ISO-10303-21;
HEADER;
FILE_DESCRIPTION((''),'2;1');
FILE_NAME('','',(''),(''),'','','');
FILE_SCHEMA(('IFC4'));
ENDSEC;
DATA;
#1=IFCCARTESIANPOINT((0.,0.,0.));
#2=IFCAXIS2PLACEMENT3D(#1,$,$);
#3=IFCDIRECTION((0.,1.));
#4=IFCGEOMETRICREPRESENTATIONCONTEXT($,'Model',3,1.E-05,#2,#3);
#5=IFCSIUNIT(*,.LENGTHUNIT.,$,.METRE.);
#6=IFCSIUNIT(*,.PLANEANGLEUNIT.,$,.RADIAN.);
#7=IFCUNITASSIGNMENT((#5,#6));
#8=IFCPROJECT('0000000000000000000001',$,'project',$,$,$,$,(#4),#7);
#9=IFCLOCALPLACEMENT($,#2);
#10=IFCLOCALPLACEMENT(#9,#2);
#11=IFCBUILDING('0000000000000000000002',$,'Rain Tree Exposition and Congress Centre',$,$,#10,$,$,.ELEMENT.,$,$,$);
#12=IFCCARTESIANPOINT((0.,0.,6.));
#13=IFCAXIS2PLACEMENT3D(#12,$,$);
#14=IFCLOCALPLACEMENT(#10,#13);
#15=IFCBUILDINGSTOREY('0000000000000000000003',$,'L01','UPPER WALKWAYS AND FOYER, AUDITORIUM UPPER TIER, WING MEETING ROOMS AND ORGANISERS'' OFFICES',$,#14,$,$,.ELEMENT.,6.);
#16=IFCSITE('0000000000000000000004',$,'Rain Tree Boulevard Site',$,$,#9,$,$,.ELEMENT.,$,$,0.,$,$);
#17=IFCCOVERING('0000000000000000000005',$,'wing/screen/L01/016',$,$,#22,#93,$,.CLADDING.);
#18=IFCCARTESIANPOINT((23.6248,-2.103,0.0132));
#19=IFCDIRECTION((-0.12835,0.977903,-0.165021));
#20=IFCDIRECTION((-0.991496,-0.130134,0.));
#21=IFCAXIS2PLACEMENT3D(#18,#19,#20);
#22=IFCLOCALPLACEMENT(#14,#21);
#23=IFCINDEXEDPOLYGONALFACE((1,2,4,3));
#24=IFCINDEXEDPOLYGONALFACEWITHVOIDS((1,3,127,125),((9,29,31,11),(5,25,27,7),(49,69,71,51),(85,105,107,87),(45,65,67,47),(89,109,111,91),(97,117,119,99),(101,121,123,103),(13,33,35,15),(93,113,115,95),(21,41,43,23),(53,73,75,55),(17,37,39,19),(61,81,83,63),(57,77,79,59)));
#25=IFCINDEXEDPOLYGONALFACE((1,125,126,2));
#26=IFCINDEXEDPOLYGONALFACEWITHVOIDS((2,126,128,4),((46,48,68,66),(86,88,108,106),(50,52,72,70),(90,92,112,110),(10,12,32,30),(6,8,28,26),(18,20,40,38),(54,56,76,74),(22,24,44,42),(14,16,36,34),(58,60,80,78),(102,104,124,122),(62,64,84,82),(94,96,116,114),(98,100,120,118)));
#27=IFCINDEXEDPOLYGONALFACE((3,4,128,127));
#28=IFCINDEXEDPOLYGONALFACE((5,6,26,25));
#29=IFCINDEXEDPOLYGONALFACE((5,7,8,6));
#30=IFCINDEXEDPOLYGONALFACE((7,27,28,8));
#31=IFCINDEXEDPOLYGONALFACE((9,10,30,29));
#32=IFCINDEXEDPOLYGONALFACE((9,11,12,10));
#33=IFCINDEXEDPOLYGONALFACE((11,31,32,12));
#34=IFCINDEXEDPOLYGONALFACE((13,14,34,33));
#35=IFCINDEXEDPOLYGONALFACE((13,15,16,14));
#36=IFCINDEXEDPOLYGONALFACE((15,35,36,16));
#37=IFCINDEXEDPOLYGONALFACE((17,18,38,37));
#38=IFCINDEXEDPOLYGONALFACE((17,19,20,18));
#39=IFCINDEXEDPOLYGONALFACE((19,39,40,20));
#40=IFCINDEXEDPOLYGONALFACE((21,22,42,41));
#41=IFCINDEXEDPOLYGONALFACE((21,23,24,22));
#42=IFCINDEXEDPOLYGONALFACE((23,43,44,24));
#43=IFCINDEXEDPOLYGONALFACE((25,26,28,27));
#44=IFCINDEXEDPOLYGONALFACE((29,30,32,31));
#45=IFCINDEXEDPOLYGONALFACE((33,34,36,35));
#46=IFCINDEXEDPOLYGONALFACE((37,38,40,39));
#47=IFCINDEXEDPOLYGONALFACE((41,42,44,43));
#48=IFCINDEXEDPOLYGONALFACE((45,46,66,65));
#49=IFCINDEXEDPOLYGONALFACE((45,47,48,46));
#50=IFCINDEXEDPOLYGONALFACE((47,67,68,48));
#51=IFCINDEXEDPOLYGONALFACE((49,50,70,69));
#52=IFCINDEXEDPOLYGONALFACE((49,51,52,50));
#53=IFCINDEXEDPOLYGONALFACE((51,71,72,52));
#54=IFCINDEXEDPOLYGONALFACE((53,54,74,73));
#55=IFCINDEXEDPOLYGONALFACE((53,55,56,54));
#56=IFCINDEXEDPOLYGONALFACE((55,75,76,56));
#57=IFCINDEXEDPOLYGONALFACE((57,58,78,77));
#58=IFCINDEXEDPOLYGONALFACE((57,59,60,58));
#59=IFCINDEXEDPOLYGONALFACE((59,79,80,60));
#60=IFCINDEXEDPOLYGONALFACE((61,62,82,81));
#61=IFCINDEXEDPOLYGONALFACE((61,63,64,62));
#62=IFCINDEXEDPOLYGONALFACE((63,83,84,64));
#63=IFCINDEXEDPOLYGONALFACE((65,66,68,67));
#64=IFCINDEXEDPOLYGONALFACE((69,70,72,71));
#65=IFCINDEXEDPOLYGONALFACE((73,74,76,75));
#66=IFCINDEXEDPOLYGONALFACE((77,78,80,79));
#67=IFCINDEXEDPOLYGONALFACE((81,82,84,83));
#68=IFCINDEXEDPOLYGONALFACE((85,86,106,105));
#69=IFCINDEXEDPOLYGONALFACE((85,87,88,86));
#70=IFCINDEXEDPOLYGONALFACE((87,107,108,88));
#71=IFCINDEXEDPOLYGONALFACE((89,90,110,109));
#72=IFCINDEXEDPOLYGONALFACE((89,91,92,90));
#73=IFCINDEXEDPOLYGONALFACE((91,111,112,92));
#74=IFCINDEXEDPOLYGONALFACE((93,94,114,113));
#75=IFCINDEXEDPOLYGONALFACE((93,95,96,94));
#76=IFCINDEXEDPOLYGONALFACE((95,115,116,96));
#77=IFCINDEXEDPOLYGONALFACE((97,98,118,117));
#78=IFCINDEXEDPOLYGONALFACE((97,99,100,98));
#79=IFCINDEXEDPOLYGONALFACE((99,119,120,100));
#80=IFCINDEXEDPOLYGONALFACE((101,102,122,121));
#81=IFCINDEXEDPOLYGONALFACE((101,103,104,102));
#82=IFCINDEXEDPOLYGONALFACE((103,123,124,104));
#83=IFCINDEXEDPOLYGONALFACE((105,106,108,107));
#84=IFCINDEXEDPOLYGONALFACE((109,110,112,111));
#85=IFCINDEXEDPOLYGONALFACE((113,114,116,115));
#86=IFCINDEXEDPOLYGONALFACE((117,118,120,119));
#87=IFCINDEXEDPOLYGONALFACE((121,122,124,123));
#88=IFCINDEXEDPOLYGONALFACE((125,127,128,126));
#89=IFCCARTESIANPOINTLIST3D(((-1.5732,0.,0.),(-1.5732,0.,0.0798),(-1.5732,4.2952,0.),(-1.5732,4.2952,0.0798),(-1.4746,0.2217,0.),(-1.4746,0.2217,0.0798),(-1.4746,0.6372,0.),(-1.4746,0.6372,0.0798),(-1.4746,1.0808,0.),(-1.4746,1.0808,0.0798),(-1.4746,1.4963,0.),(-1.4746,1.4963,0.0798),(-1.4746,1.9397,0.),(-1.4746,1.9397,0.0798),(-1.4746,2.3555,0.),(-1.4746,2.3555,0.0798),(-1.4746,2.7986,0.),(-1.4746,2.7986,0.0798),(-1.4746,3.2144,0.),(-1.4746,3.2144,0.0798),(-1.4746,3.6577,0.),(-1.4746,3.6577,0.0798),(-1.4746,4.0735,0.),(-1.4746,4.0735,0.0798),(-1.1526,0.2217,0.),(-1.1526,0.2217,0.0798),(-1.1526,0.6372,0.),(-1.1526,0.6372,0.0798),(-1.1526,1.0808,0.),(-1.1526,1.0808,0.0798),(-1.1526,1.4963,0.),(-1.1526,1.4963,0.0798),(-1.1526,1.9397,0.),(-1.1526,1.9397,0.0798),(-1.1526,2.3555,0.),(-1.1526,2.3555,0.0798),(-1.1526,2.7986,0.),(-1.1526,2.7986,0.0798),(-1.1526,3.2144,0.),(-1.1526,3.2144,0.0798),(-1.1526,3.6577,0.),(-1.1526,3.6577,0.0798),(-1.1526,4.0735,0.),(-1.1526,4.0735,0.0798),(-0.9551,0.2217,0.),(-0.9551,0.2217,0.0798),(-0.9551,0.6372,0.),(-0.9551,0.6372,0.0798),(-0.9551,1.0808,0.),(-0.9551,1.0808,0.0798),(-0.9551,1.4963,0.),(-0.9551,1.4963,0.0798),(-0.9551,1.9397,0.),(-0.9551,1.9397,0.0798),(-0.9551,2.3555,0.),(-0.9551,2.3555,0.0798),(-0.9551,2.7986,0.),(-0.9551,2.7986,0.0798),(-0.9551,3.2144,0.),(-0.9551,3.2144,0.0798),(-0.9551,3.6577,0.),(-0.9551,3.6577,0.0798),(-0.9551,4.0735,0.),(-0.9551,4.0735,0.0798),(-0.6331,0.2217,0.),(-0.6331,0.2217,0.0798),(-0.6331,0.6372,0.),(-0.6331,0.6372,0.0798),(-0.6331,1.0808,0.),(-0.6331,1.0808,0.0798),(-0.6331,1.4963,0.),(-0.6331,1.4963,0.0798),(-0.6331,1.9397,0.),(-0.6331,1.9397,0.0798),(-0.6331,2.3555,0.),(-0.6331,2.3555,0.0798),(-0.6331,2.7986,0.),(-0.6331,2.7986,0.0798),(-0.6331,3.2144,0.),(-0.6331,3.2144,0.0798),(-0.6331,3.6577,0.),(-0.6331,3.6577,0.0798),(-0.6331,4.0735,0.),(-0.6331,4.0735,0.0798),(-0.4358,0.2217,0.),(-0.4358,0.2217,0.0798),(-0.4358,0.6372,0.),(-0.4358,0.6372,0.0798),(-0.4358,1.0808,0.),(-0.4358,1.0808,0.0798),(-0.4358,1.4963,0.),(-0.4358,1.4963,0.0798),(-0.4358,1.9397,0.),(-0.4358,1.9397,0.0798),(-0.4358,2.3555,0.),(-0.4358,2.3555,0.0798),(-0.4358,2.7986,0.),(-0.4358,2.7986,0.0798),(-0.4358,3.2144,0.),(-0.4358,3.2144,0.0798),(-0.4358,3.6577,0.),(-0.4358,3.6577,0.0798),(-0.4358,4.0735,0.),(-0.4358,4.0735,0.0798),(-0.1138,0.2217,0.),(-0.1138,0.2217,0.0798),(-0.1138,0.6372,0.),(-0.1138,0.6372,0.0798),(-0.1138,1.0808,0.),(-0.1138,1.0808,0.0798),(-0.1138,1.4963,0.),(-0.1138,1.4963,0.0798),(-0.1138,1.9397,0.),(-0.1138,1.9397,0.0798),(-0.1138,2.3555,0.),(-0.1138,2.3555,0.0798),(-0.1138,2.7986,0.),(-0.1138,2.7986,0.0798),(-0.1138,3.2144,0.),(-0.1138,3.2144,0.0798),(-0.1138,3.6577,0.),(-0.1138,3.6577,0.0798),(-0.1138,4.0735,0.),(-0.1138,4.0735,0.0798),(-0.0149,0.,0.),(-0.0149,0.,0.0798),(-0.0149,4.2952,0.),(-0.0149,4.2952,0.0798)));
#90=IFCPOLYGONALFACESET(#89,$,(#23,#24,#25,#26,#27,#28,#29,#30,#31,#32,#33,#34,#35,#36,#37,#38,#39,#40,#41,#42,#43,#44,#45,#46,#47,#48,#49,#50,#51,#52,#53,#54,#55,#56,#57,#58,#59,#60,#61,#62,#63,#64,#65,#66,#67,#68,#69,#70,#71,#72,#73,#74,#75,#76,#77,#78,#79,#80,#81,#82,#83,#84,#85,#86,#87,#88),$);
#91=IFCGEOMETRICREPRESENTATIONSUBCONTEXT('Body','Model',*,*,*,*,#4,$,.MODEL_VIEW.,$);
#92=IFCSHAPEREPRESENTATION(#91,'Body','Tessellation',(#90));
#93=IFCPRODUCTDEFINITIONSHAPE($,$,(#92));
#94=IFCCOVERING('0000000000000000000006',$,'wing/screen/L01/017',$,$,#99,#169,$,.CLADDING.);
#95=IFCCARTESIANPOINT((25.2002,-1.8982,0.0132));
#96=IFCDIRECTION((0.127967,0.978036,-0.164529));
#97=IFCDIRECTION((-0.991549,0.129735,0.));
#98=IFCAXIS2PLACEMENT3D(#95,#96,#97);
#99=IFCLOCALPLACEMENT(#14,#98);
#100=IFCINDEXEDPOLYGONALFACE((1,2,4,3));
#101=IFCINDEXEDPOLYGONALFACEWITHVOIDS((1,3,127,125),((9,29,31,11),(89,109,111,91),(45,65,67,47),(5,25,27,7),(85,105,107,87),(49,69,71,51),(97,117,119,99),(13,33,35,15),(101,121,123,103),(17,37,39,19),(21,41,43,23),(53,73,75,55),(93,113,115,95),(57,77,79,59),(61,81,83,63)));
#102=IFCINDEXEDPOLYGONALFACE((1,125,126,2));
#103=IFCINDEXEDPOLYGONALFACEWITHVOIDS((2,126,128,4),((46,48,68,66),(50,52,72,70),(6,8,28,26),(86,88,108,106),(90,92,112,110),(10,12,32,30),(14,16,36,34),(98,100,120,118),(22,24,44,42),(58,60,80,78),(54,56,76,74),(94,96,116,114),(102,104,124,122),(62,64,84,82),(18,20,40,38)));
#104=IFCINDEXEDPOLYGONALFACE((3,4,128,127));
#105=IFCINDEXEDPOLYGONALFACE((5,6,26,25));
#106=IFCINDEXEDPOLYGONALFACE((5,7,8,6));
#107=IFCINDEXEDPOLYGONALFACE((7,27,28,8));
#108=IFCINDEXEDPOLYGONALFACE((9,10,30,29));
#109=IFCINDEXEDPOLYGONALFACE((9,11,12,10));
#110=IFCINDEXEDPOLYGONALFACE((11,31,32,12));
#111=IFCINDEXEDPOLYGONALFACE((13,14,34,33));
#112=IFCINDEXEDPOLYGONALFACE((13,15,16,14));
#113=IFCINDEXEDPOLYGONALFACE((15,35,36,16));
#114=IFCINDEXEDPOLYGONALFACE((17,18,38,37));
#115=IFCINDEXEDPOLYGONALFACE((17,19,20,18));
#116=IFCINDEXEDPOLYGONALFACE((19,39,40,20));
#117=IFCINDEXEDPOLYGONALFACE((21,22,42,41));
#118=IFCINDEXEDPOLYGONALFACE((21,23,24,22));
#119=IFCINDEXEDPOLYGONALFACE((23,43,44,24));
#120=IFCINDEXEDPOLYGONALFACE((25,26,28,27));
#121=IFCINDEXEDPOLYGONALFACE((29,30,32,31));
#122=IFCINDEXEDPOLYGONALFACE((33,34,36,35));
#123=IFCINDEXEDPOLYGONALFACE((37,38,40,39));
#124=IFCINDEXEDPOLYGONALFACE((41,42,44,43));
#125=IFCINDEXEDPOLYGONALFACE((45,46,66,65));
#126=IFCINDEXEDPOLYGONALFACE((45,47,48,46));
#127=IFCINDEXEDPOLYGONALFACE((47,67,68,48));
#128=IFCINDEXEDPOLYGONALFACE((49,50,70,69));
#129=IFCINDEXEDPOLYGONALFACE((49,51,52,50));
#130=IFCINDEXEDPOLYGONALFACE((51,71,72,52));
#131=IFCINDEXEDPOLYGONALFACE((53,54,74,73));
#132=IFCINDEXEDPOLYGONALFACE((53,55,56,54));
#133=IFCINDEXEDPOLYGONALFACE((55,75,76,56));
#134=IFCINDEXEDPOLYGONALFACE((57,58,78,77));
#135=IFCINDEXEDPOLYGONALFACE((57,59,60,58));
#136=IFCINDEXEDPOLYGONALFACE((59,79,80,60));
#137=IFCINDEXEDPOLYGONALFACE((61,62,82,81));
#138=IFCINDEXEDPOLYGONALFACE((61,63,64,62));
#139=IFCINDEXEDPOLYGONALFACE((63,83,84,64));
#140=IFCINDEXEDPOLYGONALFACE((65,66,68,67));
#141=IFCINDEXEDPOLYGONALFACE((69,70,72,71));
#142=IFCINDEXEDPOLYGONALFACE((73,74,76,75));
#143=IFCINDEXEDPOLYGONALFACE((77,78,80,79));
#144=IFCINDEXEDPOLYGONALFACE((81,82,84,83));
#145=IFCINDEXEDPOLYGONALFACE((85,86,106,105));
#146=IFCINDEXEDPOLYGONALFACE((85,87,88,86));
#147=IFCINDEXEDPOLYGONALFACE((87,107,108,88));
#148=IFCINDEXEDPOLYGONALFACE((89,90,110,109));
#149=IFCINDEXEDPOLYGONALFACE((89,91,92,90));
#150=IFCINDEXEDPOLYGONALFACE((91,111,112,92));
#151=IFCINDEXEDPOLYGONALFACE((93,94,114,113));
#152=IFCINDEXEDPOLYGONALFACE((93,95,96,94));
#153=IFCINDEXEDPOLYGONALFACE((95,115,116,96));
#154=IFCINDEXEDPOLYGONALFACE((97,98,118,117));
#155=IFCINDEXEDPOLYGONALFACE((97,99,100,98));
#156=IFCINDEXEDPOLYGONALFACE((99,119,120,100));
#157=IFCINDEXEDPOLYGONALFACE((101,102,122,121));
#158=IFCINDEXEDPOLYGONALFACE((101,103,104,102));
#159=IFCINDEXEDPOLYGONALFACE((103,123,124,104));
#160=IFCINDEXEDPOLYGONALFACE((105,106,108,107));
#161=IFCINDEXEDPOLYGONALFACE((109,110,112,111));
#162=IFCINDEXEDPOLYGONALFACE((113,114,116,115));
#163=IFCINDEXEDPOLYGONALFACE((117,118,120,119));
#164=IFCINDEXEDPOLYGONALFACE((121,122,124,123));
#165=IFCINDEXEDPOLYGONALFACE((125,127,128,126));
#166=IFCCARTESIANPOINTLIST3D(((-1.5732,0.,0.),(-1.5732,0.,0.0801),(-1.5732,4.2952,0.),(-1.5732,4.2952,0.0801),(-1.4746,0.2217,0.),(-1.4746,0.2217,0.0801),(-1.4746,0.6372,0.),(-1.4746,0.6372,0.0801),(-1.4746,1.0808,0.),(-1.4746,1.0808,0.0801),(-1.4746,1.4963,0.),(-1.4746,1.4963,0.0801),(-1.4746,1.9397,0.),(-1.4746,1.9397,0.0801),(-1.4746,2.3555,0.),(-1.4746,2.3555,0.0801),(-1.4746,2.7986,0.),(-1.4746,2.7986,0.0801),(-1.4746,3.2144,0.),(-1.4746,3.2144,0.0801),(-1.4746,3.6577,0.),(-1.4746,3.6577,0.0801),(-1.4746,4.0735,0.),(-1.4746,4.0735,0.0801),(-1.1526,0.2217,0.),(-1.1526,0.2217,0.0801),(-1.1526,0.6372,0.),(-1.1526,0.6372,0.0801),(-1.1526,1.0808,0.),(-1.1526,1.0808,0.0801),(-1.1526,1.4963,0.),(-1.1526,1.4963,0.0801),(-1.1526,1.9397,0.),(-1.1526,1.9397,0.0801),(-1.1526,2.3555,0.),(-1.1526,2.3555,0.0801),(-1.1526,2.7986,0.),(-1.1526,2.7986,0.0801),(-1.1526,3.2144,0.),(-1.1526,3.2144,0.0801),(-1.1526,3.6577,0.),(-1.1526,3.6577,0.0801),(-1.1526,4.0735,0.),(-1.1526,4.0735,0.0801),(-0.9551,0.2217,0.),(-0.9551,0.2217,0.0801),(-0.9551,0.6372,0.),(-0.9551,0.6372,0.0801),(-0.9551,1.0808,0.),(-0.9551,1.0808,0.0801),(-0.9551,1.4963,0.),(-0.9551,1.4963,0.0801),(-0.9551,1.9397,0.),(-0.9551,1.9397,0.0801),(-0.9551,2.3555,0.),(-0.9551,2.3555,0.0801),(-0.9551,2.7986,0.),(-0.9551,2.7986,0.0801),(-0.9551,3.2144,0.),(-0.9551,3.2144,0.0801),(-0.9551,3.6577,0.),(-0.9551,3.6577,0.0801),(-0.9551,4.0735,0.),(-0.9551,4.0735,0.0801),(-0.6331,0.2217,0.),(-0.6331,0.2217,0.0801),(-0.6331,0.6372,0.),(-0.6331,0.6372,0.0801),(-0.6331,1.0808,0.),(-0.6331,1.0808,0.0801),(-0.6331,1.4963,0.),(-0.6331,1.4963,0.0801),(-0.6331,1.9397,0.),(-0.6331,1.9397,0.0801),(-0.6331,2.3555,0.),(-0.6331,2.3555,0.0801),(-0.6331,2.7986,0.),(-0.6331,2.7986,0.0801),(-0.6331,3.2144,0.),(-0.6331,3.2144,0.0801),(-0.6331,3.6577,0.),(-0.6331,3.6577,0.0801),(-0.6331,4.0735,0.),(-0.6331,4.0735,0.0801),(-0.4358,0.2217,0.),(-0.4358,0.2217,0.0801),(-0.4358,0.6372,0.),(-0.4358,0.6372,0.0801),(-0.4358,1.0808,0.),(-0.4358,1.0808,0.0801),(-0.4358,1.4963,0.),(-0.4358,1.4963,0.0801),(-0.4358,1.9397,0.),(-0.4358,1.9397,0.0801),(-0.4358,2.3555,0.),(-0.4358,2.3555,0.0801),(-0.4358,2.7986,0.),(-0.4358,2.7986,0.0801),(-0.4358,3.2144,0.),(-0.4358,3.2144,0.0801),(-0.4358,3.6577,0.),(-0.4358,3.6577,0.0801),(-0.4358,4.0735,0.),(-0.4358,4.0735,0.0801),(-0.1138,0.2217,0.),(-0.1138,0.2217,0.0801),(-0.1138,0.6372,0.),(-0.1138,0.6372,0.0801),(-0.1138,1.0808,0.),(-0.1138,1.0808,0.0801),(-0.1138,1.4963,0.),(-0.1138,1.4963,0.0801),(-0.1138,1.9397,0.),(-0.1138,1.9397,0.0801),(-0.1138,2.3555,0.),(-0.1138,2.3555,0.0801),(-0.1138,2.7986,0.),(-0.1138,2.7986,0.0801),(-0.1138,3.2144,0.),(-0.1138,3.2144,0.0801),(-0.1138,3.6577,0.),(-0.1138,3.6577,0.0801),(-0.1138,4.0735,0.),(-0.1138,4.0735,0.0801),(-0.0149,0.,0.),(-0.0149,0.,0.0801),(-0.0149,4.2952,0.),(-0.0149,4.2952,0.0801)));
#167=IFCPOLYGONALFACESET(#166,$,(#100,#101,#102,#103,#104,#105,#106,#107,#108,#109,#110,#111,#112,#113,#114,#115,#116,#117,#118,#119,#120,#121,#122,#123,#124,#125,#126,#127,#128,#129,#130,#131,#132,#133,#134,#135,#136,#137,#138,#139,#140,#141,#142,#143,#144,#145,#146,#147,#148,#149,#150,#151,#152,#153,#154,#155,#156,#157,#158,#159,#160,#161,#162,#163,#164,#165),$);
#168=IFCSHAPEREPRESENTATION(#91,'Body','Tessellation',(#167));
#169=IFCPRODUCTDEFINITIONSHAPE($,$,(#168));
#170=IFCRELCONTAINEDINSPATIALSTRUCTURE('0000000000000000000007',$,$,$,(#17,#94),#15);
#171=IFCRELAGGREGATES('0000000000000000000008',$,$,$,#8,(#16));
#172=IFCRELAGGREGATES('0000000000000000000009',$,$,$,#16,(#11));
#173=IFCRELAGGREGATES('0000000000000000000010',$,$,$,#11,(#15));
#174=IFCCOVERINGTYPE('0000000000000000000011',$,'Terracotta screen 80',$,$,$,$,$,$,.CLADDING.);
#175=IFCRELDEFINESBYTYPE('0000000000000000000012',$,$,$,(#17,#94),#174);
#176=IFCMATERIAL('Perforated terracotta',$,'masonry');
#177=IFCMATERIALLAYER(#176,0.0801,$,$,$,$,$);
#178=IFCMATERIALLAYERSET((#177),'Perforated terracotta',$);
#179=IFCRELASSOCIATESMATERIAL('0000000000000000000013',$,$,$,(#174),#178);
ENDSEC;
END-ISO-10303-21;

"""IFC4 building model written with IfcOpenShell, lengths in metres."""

from ifc_helpers import new_model, si_unit, direction, frame, origin, place, context, subcontext, project, spatial, polyline, outline, extrude, material, layer, layer_set, type_object, element, save


model = new_model("IFC4")

# Units and contexts
model_context = context("Model", 3, precision=1e-05, world=origin(), true_north=direction((0.0, 1.0)))
body_context = subcontext(model_context, "Body", "Model", "MODEL_VIEW")
ifc_project = project(units=[si_unit("LENGTHUNIT", "METRE"), si_unit("PLANEANGLEUNIT", "RADIAN")], contexts=[model_context])

# Site, building, storey
site_placement = place(None, origin())
site = spatial("IfcSite", under=ifc_project, at=site_placement, Name="Rain Tree Boulevard Site", CompositionType="ELEMENT", RefElevation=0.0)
building_placement = place(site_placement, origin())
building = spatial("IfcBuilding", under=site, at=building_placement, Name="Rain Tree Exposition and Congress Centre", CompositionType="ELEMENT")
storey_placement = place(building_placement, frame((0.0, 0.0, 6.0)))
storey = spatial("IfcBuildingStorey", under=building, at=storey_placement, Name="L01", Description="UPPER WALKWAYS AND FOYER, AUDITORIUM UPPER TIER, WING MEETING ROOMS AND ORGANISERS' OFFICES", CompositionType="ELEMENT", Elevation=6.0)

# Coverings
ifc_material_1 = material(Name="Perforated terracotta", Category="masonry")
ifc_layer_1 = layer(ifc_material_1, 0.0801)
ifc_layer_set_1 = layer_set([ifc_layer_1], Name="Perforated terracotta")
covering_type = type_object("IfcCoveringType", Name="Terracotta screen 80", PredefinedType="CLADDING", material=ifc_layer_set_1)
covering_1_placement = place(storey_placement, frame((23.6248, -2.103, 0.0132), z_axis=(-0.12835, 0.977903, -0.165021), x_axis=(-0.991496, -0.130134, 0.0)))
element("IfcCovering", 1, at=covering_1_placement, inside=storey, type_object=covering_type, Name="wing/screen/L01/016", PredefinedType="CLADDING", context=body_context, shape_type="SweptSolid", body=[
    extrude(outline(polyline([(-1.5732, 0.0), (-1.5732, 4.2952), (-0.0149, 4.2952), (-0.0149, 0.0), (-1.5732, 0.0)]), holes=[polyline([(-0.1138, 0.2217), (-0.1138, 0.6372), (-0.4358, 0.6372), (-0.4358, 0.2217), (-0.1138, 0.2217)]), polyline([(-0.1138, 1.0808), (-0.1138, 1.4963), (-0.4358, 1.4963), (-0.4358, 1.0808), (-0.1138, 1.0808)]), polyline([(-0.1138, 1.9397), (-0.1138, 2.3555), (-0.4358, 2.3555), (-0.4358, 1.9397), (-0.1138, 1.9397)]), polyline([(-0.1138, 2.7986), (-0.1138, 3.2144), (-0.4358, 3.2144), (-0.4358, 2.7986), (-0.1138, 2.7986)]), polyline([(-0.1138, 3.6577), (-0.1138, 4.0735), (-0.4358, 4.0735), (-0.4358, 3.6577), (-0.1138, 3.6577)]), polyline([(-0.6331, 0.2217), (-0.6331, 0.6372), (-0.9551, 0.6372), (-0.9551, 0.2217), (-0.6331, 0.2217)]), polyline([(-0.6331, 1.0808), (-0.6331, 1.4963), (-0.9551, 1.4963), (-0.9551, 1.0808), (-0.6331, 1.0808)]), polyline([(-0.6331, 1.9397), (-0.6331, 2.3555), (-0.9551, 2.3555), (-0.9551, 1.9397), (-0.6331, 1.9397)]), polyline([(-0.6331, 2.7986), (-0.6331, 3.2144), (-0.9551, 3.2144), (-0.9551, 2.7986), (-0.6331, 2.7986)]), polyline([(-0.6331, 3.6577), (-0.6331, 4.0735), (-0.9551, 4.0735), (-0.9551, 3.6577), (-0.6331, 3.6577)]), polyline([(-1.1526, 0.2217), (-1.1526, 0.6372), (-1.4746, 0.6372), (-1.4746, 0.2217), (-1.1526, 0.2217)]), polyline([(-1.1526, 1.0808), (-1.1526, 1.4963), (-1.4746, 1.4963), (-1.4746, 1.0808), (-1.1526, 1.0808)]), polyline([(-1.1526, 1.9397), (-1.1526, 2.3555), (-1.4746, 2.3555), (-1.4746, 1.9397), (-1.1526, 1.9397)]), polyline([(-1.1526, 2.7986), (-1.1526, 3.2144), (-1.4746, 3.2144), (-1.4746, 2.7986), (-1.1526, 2.7986)]), polyline([(-1.1526, 3.6577), (-1.1526, 4.0735), (-1.4746, 4.0735), (-1.4746, 3.6577), (-1.1526, 3.6577)])]), origin(), (0.0, 0.0, 1.0), 0.0798),
])
covering_2_placement = place(storey_placement, frame((25.2002, -1.8982, 0.0132), z_axis=(0.127967, 0.978036, -0.164529), x_axis=(-0.991549, 0.129735, 0.0)))
element("IfcCovering", 2, at=covering_2_placement, inside=storey, type_object=covering_type, Name="wing/screen/L01/017", PredefinedType="CLADDING", context=body_context, shape_type="SweptSolid", body=[
    extrude(outline(polyline([(-1.5732, 0.0), (-1.5732, 4.2952), (-0.0149, 4.2952), (-0.0149, 0.0), (-1.5732, 0.0)]), holes=[polyline([(-0.1138, 0.2217), (-0.1138, 0.6372), (-0.4358, 0.6372), (-0.4358, 0.2217), (-0.1138, 0.2217)]), polyline([(-0.1138, 1.0808), (-0.1138, 1.4963), (-0.4358, 1.4963), (-0.4358, 1.0808), (-0.1138, 1.0808)]), polyline([(-0.1138, 1.9397), (-0.1138, 2.3555), (-0.4358, 2.3555), (-0.4358, 1.9397), (-0.1138, 1.9397)]), polyline([(-0.1138, 2.7986), (-0.1138, 3.2144), (-0.4358, 3.2144), (-0.4358, 2.7986), (-0.1138, 2.7986)]), polyline([(-0.1138, 3.6577), (-0.1138, 4.0735), (-0.4358, 4.0735), (-0.4358, 3.6577), (-0.1138, 3.6577)]), polyline([(-0.6331, 0.2217), (-0.6331, 0.6372), (-0.9551, 0.6372), (-0.9551, 0.2217), (-0.6331, 0.2217)]), polyline([(-0.6331, 1.0808), (-0.6331, 1.4963), (-0.9551, 1.4963), (-0.9551, 1.0808), (-0.6331, 1.0808)]), polyline([(-0.6331, 1.9397), (-0.6331, 2.3555), (-0.9551, 2.3555), (-0.9551, 1.9397), (-0.6331, 1.9397)]), polyline([(-0.6331, 2.7986), (-0.6331, 3.2144), (-0.9551, 3.2144), (-0.9551, 2.7986), (-0.6331, 2.7986)]), polyline([(-0.6331, 3.6577), (-0.6331, 4.0735), (-0.9551, 4.0735), (-0.9551, 3.6577), (-0.6331, 3.6577)]), polyline([(-1.1526, 0.2217), (-1.1526, 0.6372), (-1.4746, 0.6372), (-1.4746, 0.2217), (-1.1526, 0.2217)]), polyline([(-1.1526, 1.0808), (-1.1526, 1.4963), (-1.4746, 1.4963), (-1.4746, 1.0808), (-1.1526, 1.0808)]), polyline([(-1.1526, 1.9397), (-1.1526, 2.3555), (-1.4746, 2.3555), (-1.4746, 1.9397), (-1.1526, 1.9397)]), polyline([(-1.1526, 2.7986), (-1.1526, 3.2144), (-1.4746, 3.2144), (-1.4746, 2.7986), (-1.1526, 2.7986)]), polyline([(-1.1526, 3.6577), (-1.1526, 4.0735), (-1.4746, 4.0735), (-1.4746, 3.6577), (-1.1526, 3.6577)])]), origin(), (0.0, 0.0, 1.0), 0.0801),
])

save(model, "model.ifc")
